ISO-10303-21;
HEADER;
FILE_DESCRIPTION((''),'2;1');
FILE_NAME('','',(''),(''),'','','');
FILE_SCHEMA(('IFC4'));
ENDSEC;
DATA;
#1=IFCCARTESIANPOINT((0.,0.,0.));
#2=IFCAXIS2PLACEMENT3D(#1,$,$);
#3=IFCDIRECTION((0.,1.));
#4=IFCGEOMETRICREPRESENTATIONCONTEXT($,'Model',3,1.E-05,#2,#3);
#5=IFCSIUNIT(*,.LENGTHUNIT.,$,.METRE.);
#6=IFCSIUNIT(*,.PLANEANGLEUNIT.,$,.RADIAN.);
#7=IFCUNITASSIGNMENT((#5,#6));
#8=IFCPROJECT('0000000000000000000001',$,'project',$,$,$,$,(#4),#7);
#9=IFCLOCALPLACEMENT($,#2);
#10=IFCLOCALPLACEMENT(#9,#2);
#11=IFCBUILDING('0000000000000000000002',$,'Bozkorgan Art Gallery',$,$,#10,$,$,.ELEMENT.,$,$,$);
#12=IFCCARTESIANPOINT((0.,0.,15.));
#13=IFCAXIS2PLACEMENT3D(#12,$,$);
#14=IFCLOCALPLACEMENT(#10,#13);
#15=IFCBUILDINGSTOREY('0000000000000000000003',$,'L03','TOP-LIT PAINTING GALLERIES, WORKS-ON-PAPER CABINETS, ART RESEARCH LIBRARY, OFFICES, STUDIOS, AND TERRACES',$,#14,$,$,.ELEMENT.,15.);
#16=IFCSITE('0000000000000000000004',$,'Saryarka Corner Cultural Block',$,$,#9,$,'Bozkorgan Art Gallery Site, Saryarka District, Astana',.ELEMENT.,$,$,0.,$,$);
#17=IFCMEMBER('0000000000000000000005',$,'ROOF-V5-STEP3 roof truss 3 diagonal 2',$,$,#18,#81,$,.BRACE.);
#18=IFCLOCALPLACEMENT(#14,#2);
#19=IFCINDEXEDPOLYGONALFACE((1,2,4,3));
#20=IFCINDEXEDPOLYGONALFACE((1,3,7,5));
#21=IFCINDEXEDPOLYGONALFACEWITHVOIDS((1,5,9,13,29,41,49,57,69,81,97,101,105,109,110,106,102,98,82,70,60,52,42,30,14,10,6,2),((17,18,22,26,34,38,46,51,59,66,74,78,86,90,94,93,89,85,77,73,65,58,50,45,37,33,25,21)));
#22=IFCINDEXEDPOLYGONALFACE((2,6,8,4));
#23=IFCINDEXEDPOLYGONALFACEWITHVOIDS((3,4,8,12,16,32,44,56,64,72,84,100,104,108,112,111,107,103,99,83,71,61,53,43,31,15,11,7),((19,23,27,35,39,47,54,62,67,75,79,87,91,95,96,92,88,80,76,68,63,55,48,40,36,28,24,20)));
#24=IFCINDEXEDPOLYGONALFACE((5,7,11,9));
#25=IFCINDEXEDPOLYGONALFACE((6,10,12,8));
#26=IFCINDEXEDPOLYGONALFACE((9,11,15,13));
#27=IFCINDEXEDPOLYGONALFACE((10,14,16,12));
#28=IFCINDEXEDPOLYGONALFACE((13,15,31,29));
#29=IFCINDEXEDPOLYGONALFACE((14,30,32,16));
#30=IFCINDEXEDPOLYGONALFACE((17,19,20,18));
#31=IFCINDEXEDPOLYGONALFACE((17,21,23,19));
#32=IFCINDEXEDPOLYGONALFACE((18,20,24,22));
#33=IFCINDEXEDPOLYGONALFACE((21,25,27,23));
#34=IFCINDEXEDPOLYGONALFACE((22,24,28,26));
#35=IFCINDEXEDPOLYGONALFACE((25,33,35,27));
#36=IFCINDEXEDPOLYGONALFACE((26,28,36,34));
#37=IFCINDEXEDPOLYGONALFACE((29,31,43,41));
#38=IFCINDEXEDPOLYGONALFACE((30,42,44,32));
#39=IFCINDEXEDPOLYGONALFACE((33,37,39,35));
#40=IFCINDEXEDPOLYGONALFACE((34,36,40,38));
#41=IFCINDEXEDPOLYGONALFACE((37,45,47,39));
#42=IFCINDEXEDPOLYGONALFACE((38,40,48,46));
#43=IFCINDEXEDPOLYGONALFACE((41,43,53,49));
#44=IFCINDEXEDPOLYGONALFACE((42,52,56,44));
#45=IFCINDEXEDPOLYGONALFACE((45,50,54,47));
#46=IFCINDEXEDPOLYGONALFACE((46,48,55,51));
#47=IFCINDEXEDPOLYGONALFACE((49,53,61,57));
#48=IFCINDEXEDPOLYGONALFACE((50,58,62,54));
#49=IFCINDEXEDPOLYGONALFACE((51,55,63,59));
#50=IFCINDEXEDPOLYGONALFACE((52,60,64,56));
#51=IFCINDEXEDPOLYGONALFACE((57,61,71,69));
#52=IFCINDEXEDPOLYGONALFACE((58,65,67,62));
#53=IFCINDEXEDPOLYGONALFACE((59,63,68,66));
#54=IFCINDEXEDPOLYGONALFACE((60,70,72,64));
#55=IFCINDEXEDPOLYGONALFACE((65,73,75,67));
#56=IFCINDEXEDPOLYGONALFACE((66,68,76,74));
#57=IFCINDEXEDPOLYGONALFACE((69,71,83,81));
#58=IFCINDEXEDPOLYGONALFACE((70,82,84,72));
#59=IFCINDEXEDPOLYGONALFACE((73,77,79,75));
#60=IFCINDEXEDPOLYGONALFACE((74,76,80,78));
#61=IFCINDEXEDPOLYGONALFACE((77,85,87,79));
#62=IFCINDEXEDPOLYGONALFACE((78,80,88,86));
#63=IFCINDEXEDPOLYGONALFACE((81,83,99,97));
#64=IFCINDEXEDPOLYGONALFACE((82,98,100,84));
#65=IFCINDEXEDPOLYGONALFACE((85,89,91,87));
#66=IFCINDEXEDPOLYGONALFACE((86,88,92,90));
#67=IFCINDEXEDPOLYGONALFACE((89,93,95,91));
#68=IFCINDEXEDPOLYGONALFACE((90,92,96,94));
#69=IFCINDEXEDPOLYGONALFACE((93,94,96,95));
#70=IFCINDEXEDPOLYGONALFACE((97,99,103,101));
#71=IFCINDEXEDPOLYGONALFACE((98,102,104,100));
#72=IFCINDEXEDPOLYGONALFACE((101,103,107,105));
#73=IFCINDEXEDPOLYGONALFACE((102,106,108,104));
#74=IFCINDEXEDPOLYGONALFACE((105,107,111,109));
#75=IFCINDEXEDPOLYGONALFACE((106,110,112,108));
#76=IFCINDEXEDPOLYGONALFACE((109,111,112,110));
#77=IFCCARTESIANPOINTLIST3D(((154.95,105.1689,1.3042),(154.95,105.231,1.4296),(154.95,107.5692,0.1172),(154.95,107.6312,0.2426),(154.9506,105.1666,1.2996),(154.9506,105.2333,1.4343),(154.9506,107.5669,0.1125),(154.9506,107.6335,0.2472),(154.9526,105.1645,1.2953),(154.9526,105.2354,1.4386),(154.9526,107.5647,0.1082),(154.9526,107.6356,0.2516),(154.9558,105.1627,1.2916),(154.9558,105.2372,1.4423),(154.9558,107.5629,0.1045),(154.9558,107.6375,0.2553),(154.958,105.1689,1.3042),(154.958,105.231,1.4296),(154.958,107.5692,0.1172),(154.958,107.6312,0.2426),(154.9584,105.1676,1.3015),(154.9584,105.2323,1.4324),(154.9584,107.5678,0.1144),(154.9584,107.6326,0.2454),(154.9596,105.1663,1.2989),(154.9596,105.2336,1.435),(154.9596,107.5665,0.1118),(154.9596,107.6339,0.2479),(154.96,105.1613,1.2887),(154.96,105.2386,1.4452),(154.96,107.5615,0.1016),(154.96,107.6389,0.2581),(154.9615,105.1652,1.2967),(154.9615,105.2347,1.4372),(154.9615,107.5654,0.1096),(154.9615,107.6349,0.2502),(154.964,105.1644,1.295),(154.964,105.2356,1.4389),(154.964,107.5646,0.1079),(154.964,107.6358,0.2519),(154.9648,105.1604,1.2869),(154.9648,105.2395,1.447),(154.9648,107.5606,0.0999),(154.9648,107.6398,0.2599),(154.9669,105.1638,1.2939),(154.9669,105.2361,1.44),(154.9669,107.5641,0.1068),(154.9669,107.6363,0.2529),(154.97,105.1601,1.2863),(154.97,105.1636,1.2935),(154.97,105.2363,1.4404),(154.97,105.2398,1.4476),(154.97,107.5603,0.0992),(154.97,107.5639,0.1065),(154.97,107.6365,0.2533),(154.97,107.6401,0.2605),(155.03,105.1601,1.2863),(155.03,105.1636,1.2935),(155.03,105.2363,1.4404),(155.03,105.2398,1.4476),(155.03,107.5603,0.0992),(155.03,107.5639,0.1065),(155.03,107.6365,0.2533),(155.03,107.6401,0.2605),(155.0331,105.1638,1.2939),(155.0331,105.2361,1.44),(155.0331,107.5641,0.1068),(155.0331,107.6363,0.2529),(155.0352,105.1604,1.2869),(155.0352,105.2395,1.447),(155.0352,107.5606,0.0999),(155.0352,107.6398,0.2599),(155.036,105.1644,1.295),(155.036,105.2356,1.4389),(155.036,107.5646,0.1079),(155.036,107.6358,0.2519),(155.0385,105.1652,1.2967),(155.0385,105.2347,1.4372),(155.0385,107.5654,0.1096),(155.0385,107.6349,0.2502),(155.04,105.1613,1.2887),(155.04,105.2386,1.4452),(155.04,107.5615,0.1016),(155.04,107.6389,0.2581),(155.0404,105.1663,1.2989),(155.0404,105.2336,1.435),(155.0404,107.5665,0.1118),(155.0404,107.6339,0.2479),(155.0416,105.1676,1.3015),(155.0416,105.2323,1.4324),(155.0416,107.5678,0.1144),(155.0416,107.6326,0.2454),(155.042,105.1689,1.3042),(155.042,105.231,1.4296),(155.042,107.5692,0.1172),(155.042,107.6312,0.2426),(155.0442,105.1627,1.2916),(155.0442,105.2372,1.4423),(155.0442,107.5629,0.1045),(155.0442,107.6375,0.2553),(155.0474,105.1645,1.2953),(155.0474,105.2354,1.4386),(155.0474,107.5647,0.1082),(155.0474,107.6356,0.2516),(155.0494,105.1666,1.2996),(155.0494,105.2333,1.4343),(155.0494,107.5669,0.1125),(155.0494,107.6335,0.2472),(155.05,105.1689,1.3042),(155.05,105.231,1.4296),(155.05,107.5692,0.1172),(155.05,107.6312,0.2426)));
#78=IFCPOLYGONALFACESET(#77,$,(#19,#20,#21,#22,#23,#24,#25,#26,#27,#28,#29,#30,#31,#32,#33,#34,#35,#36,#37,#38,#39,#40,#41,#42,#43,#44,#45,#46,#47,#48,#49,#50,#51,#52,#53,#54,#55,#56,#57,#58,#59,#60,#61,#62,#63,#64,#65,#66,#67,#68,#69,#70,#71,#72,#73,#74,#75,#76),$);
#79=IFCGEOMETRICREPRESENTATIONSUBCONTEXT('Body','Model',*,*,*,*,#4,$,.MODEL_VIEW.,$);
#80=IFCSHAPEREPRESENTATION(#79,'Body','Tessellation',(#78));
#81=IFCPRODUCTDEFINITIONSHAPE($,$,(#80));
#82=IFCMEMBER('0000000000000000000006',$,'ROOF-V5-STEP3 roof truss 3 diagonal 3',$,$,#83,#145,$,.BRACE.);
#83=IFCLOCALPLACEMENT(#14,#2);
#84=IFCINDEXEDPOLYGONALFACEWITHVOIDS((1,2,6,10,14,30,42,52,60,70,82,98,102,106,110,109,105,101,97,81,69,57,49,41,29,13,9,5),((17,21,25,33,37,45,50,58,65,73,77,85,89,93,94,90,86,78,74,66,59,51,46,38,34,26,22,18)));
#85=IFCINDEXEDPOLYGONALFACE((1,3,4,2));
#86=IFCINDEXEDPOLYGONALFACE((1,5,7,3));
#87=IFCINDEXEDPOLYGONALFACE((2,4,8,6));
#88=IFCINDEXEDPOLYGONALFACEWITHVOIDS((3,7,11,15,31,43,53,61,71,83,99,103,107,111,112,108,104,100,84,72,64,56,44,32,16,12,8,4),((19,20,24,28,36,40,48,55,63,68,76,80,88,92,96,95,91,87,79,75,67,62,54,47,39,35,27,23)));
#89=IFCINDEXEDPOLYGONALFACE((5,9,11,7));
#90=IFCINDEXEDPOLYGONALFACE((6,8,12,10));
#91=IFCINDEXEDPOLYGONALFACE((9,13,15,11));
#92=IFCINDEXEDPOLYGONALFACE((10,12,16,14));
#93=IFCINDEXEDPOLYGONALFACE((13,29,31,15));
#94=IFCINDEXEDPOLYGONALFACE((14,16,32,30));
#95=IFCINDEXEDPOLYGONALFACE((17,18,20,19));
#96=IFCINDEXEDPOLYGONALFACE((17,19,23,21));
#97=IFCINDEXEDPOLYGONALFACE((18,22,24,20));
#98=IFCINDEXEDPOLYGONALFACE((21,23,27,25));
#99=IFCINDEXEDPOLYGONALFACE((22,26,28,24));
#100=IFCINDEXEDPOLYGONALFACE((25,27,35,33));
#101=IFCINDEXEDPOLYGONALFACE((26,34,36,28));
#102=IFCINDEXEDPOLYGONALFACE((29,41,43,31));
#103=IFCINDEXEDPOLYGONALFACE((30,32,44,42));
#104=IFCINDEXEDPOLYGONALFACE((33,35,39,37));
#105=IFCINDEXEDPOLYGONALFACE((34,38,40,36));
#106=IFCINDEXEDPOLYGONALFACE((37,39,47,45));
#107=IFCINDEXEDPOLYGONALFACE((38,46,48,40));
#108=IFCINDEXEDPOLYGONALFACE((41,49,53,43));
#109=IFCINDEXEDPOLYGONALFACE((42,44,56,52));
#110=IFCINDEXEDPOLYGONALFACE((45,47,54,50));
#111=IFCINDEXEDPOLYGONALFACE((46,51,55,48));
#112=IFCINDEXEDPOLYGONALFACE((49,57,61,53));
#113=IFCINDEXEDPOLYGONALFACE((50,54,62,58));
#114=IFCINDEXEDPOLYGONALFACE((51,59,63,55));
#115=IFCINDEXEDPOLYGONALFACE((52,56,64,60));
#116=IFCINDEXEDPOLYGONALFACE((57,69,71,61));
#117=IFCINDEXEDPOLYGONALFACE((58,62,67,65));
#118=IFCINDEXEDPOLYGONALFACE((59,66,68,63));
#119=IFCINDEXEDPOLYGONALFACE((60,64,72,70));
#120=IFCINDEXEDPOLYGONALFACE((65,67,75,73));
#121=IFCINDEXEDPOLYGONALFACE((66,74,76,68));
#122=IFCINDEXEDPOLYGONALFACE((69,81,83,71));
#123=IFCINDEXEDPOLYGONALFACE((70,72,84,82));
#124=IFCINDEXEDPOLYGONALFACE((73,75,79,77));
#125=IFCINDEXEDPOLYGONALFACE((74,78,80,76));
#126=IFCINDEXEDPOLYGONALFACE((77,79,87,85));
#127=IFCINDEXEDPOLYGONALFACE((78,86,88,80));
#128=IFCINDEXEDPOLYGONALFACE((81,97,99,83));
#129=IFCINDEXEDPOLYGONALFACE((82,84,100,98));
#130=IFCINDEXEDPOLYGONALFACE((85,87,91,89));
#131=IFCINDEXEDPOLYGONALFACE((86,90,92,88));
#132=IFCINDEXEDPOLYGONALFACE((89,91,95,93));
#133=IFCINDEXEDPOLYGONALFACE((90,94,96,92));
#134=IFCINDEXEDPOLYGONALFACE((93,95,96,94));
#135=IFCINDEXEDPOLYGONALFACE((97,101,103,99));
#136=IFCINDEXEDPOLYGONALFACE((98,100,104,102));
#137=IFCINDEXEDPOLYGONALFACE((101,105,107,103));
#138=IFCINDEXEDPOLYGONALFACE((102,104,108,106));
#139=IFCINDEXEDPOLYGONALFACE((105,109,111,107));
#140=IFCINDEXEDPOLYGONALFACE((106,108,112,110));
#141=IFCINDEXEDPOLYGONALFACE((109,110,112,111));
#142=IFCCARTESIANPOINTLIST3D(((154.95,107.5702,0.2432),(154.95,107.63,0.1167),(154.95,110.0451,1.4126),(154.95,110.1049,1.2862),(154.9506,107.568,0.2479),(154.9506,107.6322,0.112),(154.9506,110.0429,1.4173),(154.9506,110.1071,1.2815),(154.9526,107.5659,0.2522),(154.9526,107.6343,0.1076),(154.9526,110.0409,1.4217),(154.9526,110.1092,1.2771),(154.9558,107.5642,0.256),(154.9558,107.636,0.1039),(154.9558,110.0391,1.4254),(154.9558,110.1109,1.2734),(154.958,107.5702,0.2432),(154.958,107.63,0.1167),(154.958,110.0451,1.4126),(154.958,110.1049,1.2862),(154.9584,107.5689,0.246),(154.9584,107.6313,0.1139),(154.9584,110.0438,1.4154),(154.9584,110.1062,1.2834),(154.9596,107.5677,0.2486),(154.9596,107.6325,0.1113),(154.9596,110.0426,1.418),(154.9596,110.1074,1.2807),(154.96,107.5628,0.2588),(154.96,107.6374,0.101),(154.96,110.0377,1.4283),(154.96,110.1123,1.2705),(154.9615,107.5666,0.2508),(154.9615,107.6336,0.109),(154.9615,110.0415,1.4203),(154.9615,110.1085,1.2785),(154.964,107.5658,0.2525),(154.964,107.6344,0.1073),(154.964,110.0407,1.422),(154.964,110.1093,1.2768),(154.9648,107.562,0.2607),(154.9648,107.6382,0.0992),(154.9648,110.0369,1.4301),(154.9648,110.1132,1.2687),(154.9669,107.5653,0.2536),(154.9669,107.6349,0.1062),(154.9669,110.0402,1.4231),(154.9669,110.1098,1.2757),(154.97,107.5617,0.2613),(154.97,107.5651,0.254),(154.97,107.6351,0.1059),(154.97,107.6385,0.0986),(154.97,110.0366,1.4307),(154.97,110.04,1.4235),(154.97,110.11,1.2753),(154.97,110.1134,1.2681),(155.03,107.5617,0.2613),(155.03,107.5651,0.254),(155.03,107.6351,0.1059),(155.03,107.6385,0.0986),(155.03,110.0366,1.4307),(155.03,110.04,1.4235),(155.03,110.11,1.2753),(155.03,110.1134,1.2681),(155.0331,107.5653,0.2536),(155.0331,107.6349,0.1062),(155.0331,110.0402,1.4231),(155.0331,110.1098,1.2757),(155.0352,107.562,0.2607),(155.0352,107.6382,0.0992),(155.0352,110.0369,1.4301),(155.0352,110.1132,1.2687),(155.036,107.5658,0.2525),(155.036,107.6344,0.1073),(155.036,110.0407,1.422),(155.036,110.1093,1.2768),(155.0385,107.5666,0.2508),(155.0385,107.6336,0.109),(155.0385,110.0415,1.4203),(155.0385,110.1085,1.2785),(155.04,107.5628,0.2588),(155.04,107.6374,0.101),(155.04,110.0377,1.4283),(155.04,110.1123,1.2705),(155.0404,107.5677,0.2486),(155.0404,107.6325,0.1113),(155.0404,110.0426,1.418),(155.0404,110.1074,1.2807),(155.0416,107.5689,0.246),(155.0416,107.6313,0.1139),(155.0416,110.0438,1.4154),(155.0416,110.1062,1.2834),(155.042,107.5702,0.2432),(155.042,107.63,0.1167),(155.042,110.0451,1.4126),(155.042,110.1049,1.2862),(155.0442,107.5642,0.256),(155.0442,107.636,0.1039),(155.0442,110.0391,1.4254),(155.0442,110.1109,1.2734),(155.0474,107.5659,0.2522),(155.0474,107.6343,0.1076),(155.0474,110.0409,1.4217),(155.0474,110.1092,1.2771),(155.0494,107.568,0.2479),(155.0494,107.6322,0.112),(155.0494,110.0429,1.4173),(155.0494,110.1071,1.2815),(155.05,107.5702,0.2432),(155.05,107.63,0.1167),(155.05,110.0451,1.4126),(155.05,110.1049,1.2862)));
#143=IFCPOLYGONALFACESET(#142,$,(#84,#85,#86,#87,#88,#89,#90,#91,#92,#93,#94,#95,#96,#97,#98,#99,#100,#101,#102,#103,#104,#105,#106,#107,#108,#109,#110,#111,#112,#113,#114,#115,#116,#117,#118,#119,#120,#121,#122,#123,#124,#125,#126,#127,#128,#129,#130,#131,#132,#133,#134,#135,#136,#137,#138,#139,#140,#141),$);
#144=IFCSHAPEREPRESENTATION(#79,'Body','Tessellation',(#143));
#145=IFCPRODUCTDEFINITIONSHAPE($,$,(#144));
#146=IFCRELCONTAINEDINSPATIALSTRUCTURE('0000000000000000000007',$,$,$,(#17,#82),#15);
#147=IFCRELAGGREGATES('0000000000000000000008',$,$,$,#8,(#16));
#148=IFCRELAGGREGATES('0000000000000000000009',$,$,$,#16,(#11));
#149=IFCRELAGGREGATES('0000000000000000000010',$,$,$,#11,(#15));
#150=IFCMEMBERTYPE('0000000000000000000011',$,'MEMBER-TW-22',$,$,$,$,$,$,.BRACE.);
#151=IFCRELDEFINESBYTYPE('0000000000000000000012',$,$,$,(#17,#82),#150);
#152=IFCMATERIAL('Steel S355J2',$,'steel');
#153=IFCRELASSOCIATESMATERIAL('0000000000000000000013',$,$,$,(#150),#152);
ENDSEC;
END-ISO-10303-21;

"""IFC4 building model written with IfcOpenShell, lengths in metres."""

from ifc_helpers import new_model, si_unit, direction, frame, origin, origin_2d, place, context, subcontext, project, spatial, hollow_rectangle, extrude, material, material_profile, profile_set, type_object, element, save


model = new_model("IFC4")

# Units and contexts
model_context = context("Model", 3, precision=1e-05, world=origin(), true_north=direction((0.0, 1.0)))
body_context = subcontext(model_context, "Body", "Model", "MODEL_VIEW")
ifc_project = project(units=[si_unit("LENGTHUNIT", "METRE"), si_unit("PLANEANGLEUNIT", "RADIAN")], contexts=[model_context])

# Site, building, storey
site_placement = place(None, origin())
site = spatial("IfcSite", under=ifc_project, at=site_placement, Name="Saryarka Corner Cultural Block", LongName="Bozkorgan Art Gallery Site, Saryarka District, Astana", CompositionType="ELEMENT", RefElevation=0.0)
building_placement = place(site_placement, origin())
building = spatial("IfcBuilding", under=site, at=building_placement, Name="Bozkorgan Art Gallery", CompositionType="ELEMENT")
storey_placement = place(building_placement, frame((0.0, 0.0, 15.0)))
storey = spatial("IfcBuildingStorey", under=building, at=storey_placement, Name="L03", Description="TOP-LIT PAINTING GALLERIES, WORKS-ON-PAPER CABINETS, ART RESEARCH LIBRARY, OFFICES, STUDIOS, AND TERRACES", CompositionType="ELEMENT", Elevation=15.0)

# Shared definitions
ifc_material_1 = material(Name="Steel S355J2", Category="steel")

# Members
ifc_material_profile_1 = material_profile(ifc_material_1, hollow_rectangle(XDim=0.1001, YDim=0.1799, WallThickness=0.0081, InnerFilletRadius=0.012, OuterFilletRadius=0.02, at=origin_2d()), Name="RHS 180x100x8")
ifc_profile_set_1 = profile_set([ifc_material_profile_1], Name="Steel S355J2")
member_type_1 = type_object("IfcMemberType", Name="MEMBER-TW-22", PredefinedType="BRACE", material=ifc_profile_set_1)
member_1_placement = place(storey_placement, frame((155.0, 105.2, 1.3669), z_axis=(0.0, 0.89637, -0.443307), x_axis=(-1.0, 0.0, 0.0)))
element("IfcMember", 1, at=member_1_placement, inside=storey, type_object=member_type_1, Name="ROOF-V5-STEP3 roof truss 3 diagonal 2", PredefinedType="BRACE", context=body_context, shape_type="SweptSolid", body=[
    extrude(hollow_rectangle(XDim=0.1001, YDim=0.1799, WallThickness=0.0081, InnerFilletRadius=0.012, OuterFilletRadius=0.02, at=origin_2d()), origin(), (0.0, 0.0, 1.0), 2.6777),
])
member_2_placement = place(storey_placement, frame((155.0, 107.6001, 0.1799), z_axis=(0.0, 0.904142, 0.427231), x_axis=(-1.0, 0.0, 0.0)))
element("IfcMember", 2, at=member_2_placement, inside=storey, type_object=member_type_1, Name="ROOF-V5-STEP3 roof truss 3 diagonal 3", PredefinedType="BRACE", context=body_context, shape_type="SweptSolid", body=[
    extrude(hollow_rectangle(XDim=0.1001, YDim=0.1799, WallThickness=0.0081, InnerFilletRadius=0.012, OuterFilletRadius=0.02, at=origin_2d()), origin(), (0.0, 0.0, 1.0), 2.7373),
])

save(model, "model.ifc")
